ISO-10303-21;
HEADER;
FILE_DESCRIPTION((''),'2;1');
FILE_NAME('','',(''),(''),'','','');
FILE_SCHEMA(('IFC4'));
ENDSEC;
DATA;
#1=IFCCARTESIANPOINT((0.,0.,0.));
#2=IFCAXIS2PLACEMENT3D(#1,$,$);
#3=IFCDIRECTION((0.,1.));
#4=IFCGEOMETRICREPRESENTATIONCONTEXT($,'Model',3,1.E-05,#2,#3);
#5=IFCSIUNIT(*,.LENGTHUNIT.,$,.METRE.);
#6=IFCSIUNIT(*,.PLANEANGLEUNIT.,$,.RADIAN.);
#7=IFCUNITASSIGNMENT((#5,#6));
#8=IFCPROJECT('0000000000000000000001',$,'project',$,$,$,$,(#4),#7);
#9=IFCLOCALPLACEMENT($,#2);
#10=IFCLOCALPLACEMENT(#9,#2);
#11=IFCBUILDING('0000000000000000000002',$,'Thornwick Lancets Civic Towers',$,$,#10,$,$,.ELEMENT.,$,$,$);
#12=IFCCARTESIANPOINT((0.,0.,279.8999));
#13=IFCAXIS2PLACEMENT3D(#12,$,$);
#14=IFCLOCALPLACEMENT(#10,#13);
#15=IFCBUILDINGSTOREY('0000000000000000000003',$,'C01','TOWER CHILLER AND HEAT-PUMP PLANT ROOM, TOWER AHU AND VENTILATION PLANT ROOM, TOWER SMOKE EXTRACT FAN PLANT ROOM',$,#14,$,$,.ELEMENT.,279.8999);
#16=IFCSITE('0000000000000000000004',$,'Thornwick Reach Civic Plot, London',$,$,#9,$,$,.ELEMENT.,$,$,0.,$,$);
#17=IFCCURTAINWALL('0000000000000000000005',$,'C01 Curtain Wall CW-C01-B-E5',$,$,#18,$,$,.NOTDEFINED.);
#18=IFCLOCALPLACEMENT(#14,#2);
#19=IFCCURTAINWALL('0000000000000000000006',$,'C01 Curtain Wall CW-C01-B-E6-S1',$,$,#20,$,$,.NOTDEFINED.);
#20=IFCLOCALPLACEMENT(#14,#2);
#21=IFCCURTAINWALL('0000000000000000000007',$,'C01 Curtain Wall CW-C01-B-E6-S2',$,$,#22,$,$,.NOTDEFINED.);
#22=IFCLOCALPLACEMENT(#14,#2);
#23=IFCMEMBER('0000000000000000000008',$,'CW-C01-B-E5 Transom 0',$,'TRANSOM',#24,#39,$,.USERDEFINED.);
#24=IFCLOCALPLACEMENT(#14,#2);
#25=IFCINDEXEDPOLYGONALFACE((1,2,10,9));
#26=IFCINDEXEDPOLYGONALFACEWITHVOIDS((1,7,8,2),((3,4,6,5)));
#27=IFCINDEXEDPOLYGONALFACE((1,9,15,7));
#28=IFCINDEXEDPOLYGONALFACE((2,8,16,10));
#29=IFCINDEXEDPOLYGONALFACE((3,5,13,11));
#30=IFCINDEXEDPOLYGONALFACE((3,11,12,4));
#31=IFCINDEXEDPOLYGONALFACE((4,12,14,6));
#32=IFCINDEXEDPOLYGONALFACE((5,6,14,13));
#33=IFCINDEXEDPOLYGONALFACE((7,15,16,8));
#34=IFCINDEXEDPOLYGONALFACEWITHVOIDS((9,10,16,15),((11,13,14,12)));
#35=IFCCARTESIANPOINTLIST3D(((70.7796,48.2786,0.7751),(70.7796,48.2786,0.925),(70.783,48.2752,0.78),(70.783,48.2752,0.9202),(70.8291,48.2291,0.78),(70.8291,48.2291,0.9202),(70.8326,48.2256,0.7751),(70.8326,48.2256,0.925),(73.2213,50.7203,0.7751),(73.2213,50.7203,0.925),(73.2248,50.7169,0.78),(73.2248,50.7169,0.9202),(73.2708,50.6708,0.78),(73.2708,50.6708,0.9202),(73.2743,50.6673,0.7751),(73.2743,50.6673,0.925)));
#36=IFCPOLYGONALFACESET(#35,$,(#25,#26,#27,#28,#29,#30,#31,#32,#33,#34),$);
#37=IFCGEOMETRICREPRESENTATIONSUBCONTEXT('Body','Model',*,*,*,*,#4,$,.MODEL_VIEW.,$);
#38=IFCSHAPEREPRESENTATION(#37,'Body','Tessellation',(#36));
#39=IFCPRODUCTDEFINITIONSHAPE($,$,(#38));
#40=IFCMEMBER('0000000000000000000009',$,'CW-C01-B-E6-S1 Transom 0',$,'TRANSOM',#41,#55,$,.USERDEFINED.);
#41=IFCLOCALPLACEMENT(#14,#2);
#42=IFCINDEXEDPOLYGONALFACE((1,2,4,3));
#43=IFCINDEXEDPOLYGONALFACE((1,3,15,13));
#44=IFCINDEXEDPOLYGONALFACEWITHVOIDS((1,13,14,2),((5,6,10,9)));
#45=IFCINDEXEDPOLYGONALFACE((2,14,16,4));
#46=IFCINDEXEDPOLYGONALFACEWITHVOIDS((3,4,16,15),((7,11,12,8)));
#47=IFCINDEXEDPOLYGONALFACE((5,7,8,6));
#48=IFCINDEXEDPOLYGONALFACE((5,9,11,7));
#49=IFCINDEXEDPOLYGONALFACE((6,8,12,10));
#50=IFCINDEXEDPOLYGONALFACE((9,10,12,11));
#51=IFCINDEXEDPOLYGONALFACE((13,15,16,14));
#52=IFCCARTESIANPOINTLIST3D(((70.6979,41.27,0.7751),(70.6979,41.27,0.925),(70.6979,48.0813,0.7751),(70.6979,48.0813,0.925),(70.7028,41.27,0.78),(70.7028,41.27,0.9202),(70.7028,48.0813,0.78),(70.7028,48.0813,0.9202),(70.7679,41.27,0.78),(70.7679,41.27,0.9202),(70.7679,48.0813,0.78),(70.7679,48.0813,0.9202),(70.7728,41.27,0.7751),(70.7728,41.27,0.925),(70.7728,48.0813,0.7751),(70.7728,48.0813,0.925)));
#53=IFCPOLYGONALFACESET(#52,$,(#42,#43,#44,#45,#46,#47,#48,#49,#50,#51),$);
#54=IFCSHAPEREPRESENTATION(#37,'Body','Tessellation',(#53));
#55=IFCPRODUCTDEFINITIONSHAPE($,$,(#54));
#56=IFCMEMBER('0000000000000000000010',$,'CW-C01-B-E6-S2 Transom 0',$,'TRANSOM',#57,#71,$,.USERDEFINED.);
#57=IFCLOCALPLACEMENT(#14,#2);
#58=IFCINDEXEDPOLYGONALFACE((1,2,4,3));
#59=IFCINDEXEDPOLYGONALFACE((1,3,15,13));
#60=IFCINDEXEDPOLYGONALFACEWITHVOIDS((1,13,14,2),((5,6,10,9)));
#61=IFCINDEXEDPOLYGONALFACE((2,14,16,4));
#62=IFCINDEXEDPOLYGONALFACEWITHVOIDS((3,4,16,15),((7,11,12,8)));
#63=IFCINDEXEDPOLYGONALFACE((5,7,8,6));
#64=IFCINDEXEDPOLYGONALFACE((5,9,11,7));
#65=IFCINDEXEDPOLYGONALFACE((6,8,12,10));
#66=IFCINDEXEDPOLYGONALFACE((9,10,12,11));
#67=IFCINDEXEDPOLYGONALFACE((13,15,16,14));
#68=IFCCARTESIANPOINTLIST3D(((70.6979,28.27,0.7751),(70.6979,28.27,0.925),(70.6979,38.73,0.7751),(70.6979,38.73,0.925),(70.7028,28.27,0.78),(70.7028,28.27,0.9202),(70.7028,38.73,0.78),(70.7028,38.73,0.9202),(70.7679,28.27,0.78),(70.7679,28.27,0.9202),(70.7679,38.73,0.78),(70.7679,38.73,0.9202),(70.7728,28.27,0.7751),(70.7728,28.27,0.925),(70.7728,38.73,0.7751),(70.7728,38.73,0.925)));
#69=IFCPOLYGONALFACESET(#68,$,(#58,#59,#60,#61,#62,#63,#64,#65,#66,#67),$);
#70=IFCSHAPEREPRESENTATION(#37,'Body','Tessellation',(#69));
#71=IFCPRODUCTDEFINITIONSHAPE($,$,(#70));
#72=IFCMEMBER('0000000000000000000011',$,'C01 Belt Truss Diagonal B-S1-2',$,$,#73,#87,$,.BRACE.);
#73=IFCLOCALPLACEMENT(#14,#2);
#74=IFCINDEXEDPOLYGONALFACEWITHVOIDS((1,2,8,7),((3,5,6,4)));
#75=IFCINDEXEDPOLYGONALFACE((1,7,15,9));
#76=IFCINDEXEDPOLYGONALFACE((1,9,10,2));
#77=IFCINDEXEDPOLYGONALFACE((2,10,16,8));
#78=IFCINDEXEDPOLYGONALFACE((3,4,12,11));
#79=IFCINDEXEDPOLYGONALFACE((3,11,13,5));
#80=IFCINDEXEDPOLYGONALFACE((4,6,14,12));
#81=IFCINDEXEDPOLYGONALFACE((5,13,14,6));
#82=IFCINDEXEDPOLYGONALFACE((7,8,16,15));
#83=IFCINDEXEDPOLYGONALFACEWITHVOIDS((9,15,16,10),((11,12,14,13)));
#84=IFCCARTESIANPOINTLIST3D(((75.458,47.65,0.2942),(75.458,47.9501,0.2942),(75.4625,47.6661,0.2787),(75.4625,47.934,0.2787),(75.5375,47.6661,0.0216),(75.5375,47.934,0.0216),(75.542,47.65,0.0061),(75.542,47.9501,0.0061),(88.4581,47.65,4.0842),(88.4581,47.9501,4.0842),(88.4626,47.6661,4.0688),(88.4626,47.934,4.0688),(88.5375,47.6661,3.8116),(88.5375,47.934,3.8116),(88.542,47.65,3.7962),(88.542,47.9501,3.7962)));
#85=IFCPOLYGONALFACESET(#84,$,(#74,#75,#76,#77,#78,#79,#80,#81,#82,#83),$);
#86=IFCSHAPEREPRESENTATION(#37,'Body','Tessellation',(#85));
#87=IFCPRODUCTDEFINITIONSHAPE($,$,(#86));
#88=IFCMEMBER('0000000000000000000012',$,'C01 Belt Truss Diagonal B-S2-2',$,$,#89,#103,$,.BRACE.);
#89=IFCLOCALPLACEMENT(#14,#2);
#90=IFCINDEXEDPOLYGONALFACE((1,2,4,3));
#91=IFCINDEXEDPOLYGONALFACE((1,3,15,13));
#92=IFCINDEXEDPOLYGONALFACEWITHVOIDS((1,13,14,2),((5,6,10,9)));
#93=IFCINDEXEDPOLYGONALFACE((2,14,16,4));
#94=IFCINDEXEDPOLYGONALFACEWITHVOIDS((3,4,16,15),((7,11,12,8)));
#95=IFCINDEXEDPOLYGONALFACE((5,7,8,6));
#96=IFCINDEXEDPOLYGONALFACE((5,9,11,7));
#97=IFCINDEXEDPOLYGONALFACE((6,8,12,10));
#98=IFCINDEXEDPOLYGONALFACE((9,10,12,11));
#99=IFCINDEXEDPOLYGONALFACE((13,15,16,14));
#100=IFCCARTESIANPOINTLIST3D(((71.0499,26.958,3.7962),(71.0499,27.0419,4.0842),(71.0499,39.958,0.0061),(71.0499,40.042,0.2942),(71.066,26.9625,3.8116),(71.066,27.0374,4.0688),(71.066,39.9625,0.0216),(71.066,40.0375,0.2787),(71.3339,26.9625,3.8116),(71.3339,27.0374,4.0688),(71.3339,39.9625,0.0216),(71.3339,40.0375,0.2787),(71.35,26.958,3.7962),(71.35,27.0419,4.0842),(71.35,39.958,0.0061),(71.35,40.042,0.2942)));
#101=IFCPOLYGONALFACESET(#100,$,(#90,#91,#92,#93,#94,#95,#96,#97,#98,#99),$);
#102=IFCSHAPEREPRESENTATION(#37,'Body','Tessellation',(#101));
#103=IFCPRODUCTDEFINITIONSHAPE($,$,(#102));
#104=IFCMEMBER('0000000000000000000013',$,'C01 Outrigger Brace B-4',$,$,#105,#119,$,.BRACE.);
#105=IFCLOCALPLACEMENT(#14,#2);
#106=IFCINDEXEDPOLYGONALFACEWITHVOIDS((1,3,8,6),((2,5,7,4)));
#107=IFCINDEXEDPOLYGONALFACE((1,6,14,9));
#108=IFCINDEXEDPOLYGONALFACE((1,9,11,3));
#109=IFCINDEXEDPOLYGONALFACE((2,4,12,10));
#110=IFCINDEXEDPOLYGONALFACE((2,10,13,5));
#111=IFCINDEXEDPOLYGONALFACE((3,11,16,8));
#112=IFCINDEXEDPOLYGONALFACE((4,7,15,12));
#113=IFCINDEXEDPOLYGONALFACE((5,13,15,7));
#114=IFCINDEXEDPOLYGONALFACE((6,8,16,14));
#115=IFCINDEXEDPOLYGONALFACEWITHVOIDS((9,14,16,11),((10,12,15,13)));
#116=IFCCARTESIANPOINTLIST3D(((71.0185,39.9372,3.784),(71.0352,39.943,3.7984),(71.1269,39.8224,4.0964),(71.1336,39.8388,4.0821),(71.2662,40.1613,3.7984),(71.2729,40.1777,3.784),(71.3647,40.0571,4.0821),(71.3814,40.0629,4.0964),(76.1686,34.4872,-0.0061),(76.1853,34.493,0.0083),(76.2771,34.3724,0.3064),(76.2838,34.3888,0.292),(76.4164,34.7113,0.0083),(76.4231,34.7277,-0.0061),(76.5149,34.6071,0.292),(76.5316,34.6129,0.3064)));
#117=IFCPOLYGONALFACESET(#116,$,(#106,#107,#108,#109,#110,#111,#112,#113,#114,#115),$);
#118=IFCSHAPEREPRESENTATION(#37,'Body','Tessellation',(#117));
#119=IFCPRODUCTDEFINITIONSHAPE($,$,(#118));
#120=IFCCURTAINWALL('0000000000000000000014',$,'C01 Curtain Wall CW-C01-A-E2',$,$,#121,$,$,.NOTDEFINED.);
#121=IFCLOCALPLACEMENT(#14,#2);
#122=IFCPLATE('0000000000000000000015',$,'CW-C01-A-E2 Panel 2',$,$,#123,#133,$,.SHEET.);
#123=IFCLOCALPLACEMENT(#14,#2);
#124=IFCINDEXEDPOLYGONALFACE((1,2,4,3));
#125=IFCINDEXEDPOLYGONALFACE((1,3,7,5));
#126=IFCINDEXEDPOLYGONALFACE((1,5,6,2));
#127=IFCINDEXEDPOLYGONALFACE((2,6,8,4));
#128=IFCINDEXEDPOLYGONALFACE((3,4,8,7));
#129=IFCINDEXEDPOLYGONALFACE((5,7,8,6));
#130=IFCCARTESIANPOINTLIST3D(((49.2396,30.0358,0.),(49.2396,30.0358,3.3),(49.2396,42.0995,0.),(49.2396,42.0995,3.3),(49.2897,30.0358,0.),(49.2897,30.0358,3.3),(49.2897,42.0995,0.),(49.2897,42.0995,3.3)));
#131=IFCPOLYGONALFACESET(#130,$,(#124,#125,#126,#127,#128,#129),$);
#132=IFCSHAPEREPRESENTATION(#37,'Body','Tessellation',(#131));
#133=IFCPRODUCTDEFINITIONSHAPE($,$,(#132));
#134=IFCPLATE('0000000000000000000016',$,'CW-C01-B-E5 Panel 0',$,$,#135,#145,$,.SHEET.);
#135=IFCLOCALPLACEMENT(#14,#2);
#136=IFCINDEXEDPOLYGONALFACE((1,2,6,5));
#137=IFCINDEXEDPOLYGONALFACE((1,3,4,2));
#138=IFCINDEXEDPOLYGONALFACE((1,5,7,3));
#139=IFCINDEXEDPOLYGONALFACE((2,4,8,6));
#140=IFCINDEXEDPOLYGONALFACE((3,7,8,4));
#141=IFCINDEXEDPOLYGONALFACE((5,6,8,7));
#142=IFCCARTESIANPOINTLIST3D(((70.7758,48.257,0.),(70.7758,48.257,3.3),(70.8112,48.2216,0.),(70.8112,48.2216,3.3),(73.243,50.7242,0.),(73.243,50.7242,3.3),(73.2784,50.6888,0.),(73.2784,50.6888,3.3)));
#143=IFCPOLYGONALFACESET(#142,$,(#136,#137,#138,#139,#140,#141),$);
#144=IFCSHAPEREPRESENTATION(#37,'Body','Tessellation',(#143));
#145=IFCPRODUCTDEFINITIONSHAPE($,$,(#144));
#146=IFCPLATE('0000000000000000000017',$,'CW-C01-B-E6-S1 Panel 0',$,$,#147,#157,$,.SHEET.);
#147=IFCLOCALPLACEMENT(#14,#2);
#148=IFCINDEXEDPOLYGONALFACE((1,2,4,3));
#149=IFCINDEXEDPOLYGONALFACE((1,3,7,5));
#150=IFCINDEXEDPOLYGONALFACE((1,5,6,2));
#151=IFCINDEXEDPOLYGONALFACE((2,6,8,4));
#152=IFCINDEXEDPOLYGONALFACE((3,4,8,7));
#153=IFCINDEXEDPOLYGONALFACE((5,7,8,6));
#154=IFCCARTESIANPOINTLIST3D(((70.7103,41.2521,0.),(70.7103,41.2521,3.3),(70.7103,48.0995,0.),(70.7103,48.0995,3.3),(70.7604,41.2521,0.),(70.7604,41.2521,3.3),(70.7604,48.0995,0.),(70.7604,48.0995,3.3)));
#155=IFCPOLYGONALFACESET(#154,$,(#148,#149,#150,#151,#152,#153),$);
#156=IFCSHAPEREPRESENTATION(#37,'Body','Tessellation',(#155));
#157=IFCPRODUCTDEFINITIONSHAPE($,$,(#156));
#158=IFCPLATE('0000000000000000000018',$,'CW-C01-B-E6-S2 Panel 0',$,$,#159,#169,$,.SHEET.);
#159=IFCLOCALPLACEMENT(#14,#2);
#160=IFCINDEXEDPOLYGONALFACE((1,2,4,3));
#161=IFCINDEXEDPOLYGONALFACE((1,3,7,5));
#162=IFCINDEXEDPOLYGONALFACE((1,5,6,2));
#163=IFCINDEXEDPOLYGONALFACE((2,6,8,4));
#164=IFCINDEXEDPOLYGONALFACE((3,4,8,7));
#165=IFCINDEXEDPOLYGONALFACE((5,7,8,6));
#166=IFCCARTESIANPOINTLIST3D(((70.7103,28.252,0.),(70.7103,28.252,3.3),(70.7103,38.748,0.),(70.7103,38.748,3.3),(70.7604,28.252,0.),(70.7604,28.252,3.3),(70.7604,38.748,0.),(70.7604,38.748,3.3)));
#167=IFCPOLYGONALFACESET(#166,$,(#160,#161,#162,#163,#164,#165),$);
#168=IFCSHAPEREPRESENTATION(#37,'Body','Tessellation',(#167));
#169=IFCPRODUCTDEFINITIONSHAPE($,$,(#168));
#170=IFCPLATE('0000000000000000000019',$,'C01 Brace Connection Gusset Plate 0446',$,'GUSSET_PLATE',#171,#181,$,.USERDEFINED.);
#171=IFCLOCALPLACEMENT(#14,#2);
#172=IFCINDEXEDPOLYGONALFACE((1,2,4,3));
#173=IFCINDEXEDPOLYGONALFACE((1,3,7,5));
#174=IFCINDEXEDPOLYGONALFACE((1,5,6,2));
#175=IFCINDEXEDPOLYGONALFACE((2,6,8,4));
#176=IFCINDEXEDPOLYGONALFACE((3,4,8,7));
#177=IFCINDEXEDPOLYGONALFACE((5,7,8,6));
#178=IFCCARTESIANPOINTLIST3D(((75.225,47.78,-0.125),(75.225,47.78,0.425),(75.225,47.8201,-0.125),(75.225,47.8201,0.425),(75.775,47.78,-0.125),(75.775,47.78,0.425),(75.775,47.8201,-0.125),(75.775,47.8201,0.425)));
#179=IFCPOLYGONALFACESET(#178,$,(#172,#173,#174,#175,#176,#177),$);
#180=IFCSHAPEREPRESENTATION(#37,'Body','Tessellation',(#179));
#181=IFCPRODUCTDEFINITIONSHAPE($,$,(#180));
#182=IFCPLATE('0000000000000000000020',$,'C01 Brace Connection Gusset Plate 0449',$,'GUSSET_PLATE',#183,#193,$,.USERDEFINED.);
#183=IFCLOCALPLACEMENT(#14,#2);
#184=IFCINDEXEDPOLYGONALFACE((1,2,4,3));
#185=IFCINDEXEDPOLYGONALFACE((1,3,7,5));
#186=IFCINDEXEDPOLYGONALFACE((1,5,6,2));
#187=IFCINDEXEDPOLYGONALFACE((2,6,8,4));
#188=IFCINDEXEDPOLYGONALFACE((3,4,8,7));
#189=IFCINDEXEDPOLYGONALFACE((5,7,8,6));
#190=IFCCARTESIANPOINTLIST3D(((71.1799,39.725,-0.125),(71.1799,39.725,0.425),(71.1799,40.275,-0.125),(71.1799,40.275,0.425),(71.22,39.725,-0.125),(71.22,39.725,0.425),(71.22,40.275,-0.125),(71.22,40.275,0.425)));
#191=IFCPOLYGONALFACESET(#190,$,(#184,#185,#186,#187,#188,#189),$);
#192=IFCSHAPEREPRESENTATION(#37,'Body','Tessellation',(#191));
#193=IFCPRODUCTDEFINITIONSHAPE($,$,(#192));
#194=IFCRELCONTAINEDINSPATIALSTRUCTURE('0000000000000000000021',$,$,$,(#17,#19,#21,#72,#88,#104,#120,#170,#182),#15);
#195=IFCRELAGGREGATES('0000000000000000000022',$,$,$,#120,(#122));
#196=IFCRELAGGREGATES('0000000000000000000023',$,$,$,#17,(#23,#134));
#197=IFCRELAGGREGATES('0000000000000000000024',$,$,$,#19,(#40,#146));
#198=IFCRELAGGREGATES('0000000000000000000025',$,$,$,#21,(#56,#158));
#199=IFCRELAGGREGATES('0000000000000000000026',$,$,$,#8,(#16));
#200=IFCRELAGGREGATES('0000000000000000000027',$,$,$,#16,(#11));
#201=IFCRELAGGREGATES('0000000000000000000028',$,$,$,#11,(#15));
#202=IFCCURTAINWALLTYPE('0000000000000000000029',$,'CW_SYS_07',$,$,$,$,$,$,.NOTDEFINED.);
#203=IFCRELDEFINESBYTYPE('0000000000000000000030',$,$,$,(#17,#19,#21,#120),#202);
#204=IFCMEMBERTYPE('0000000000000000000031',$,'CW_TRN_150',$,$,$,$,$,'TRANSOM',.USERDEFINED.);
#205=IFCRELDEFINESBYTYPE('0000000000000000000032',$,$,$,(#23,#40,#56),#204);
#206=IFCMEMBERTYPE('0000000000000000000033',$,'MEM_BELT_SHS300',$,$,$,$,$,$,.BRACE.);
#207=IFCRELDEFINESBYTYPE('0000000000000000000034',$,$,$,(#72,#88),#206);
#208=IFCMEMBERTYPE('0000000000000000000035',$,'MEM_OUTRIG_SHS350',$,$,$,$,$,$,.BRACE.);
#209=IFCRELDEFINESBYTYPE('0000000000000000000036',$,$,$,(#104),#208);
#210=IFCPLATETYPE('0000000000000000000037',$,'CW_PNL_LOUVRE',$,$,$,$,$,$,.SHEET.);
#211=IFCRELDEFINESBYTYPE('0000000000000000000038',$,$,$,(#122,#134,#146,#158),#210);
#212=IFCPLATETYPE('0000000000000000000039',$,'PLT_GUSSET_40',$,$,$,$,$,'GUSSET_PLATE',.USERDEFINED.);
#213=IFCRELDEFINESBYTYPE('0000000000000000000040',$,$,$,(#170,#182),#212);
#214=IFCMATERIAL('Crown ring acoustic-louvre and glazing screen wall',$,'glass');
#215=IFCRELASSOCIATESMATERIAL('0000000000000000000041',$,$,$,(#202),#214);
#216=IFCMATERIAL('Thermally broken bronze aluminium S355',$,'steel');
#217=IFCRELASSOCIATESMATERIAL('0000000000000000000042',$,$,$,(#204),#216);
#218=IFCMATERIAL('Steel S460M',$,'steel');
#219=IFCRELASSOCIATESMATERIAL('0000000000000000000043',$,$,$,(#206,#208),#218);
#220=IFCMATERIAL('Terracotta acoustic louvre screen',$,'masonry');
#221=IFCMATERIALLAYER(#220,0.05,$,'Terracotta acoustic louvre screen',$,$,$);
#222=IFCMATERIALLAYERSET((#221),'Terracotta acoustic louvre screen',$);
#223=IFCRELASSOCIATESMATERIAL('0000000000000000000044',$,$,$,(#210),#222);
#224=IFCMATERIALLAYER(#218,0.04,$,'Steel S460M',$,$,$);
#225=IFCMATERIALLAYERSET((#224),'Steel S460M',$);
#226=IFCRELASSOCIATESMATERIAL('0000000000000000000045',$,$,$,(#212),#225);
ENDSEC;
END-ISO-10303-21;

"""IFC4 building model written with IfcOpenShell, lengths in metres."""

from ifc_helpers import new_model, si_unit, direction, frame, origin, origin_2d, place, context, subcontext, project, spatial, rectangle, hollow_rectangle, extrude, material, layer, layer_set, material_profile, profile_set, type_object, element, aggregate, save


model = new_model("IFC4")

# Units and contexts
model_context = context("Model", 3, precision=1e-05, world=origin(), true_north=direction((0.0, 1.0)))
body_context = subcontext(model_context, "Body", "Model", "MODEL_VIEW")
ifc_project = project(units=[si_unit("LENGTHUNIT", "METRE"), si_unit("PLANEANGLEUNIT", "RADIAN")], contexts=[model_context])

# Site, building, storey
site_placement = place(None, origin())
site = spatial("IfcSite", under=ifc_project, at=site_placement, Name="Thornwick Reach Civic Plot, London", CompositionType="ELEMENT", RefElevation=0.0)
building_placement = place(site_placement, origin())
building = spatial("IfcBuilding", under=site, at=building_placement, Name="Thornwick Lancets Civic Towers", CompositionType="ELEMENT")
storey_placement = place(building_placement, frame((0.0, 0.0, 279.8999)))
storey = spatial("IfcBuildingStorey", under=building, at=storey_placement, Name="C01", Description="TOWER CHILLER AND HEAT-PUMP PLANT ROOM, TOWER AHU AND VENTILATION PLANT ROOM, TOWER SMOKE EXTRACT FAN PLANT ROOM", CompositionType="ELEMENT", Elevation=279.8999)

# Shared definitions
ifc_material_1 = material(Name="Steel S460M", Category="steel")

# Shared definitions
ifc_material_2 = material(Name="Crown ring acoustic-louvre and glazing screen wall", Category="glass")
curtain_wall_type = type_object("IfcCurtainWallType", Name="CW_SYS_07", PredefinedType="NOTDEFINED", material=ifc_material_2)
ifc_material_3 = material(Name="Thermally broken bronze aluminium S355", Category="steel")

# Curtain walls
curtain_wall_1_placement = place(storey_placement, origin())
curtain_wall_1 = element("IfcCurtainWall", 1, at=curtain_wall_1_placement, inside=storey, type_object=curtain_wall_type, Name="C01 Curtain Wall CW-C01-B-E5", PredefinedType="NOTDEFINED")
curtain_wall_2_placement = place(storey_placement, origin())
curtain_wall_2 = element("IfcCurtainWall", 2, at=curtain_wall_2_placement, inside=storey, type_object=curtain_wall_type, Name="C01 Curtain Wall CW-C01-B-E6-S1", PredefinedType="NOTDEFINED")
curtain_wall_3_placement = place(storey_placement, origin())
curtain_wall_3 = element("IfcCurtainWall", 3, at=curtain_wall_3_placement, inside=storey, type_object=curtain_wall_type, Name="C01 Curtain Wall CW-C01-B-E6-S2", PredefinedType="NOTDEFINED")

# Members
ifc_material_profile_1 = material_profile(ifc_material_3, hollow_rectangle(XDim=0.075, YDim=0.1499, WallThickness=0.0049, at=origin_2d()), Name="RHS 150x75x5")
ifc_profile_set_1 = profile_set([ifc_material_profile_1], Name="Thermally broken bronze aluminium S355")
member_type_1 = type_object("IfcMemberType", Name="CW_TRN_150", ElementType="TRANSOM", PredefinedType="USERDEFINED", material=ifc_profile_set_1)
member_1_placement = place(storey_placement, frame((73.2478, 50.6938, 0.8501), z_axis=(-0.707107, -0.707107, 0.0), x_axis=(0.707107, -0.707107, 0.0)))
member_1 = element("IfcMember", 4, at=member_1_placement, type_object=member_type_1, Name="CW-C01-B-E5 Transom 0", ObjectType="TRANSOM", PredefinedType="USERDEFINED", context=body_context, shape_type="SweptSolid", body=[
    extrude(hollow_rectangle(XDim=0.075, YDim=0.1499, WallThickness=0.0049, at=origin_2d()), origin(), (0.0, 0.0, 1.0), 3.4531),
])
member_2_placement = place(storey_placement, frame((70.7354, 48.0813, 0.8501), z_axis=(0.0, -1.0, 0.0), x_axis=(1.0, 0.0, 0.0)))
member_2 = element("IfcMember", 5, at=member_2_placement, type_object=member_type_1, Name="CW-C01-B-E6-S1 Transom 0", ObjectType="TRANSOM", PredefinedType="USERDEFINED", context=body_context, shape_type="SweptSolid", body=[
    extrude(hollow_rectangle(XDim=0.075, YDim=0.1499, WallThickness=0.0049, at=origin_2d()), origin(), (0.0, 0.0, 1.0), 6.8113),
])
member_3_placement = place(storey_placement, frame((70.7354, 38.73, 0.8501), z_axis=(0.0, -1.0, 0.0), x_axis=(1.0, 0.0, 0.0)))
member_3 = element("IfcMember", 6, at=member_3_placement, type_object=member_type_1, Name="CW-C01-B-E6-S2 Transom 0", ObjectType="TRANSOM", PredefinedType="USERDEFINED", context=body_context, shape_type="SweptSolid", body=[
    extrude(hollow_rectangle(XDim=0.075, YDim=0.1499, WallThickness=0.0049, at=origin_2d()), origin(), (0.0, 0.0, 1.0), 10.46),
])

# Members
ifc_material_profile_2 = material_profile(ifc_material_1, hollow_rectangle(XDim=0.3, YDim=0.3, WallThickness=0.0161, at=origin_2d()), Name="SHS 300x300x16")
ifc_profile_set_2 = profile_set([ifc_material_profile_2], Name="Steel S460M")
member_type_2 = type_object("IfcMemberType", Name="MEM_BELT_SHS300", PredefinedType="BRACE", material=ifc_profile_set_2)
for number, where, z_axis, x_axis, name in (
    (7, (75.5, 47.8, 0.1501), (0.960032, 0.0, 0.279889), (0.0, 1.0, 0.0), "C01 Belt Truss Diagonal B-S1-2"),
    (8, (71.2, 40.0, 0.1501), (0.0, -0.960032, 0.279889), (1.0, 0.0, 0.0), "C01 Belt Truss Diagonal B-S2-2"),
):
    element("IfcMember", number, at=place(storey_placement, frame(where, z_axis=z_axis, x_axis=x_axis)), inside=storey, type_object=member_type_2, Name=name, PredefinedType="BRACE", context=body_context, shape_type="SweptSolid", body=[
        extrude(hollow_rectangle(XDim=0.3, YDim=0.3, WallThickness=0.0161, at=origin_2d()), origin(), (0.0, 0.0, 1.0), 13.5413),
    ])
ifc_material_profile_3 = material_profile(ifc_material_1, hollow_rectangle(XDim=0.3501, YDim=0.3501, WallThickness=0.0161, at=origin_2d()), Name="SHS 350x350x16")
ifc_profile_set_3 = profile_set([ifc_material_profile_3], Name="Steel S460M")
member_type_3 = type_object("IfcMemberType", Name="MEM_OUTRIG_SHS350", PredefinedType="BRACE", material=ifc_profile_set_3)
member_4_placement = place(storey_placement, frame((76.3501, 34.55, 0.1501), z_axis=(-0.612981, 0.648664, 0.451098), x_axis=(-0.726815, -0.686833, 0.0)))
element("IfcMember", 9, at=member_4_placement, inside=storey, type_object=member_type_3, Name="C01 Outrigger Brace B-4", PredefinedType="BRACE", context=body_context, shape_type="SweptSolid", body=[
    extrude(hollow_rectangle(XDim=0.3501, YDim=0.3501, WallThickness=0.0161, at=origin_2d()), origin(), (0.0, 0.0, 1.0), 8.4019),
])

# Curtain wall, plate
curtain_wall_4_placement = place(storey_placement, origin())
curtain_wall_4 = element("IfcCurtainWall", 10, at=curtain_wall_4_placement, inside=storey, type_object=curtain_wall_type, Name="C01 Curtain Wall CW-C01-A-E2", PredefinedType="NOTDEFINED")
ifc_material_4 = material(Name="Terracotta acoustic louvre screen", Category="masonry")
ifc_layer_1 = layer(ifc_material_4, 0.05, Name="Terracotta acoustic louvre screen")
ifc_layer_set_1 = layer_set([ifc_layer_1], Name="Terracotta acoustic louvre screen")
plate_type_1 = type_object("IfcPlateType", Name="CW_PNL_LOUVRE", PredefinedType="SHEET", material=ifc_layer_set_1)
plate_1_placement = place(storey_placement, frame((49.2646, 36.0676, 0.0), z_axis=(0.0, 0.0, 1.0), x_axis=(0.0, 1.0, 0.0)))
plate_1 = element("IfcPlate", 11, at=plate_1_placement, type_object=plate_type_1, Name="CW-C01-A-E2 Panel 2", PredefinedType="SHEET", context=body_context, shape_type="SweptSolid", body=[
    extrude(rectangle(XDim=12.0637, YDim=0.05, at=origin_2d()), origin(), (0.0, 0.0, 1.0), 3.3),
])
aggregate(curtain_wall_4, [plate_1])

# Plates
plate_2_placement = place(storey_placement, frame((72.0271, 49.4729, 0.0), z_axis=(0.0, 0.0, 1.0), x_axis=(-0.707107, -0.707107, 0.0)))
plate_2 = element("IfcPlate", 12, at=plate_2_placement, type_object=plate_type_1, Name="CW-C01-B-E5 Panel 0", PredefinedType="SHEET", context=body_context, shape_type="SweptSolid", body=[
    extrude(rectangle(XDim=3.4893, YDim=0.05, at=origin_2d()), origin(), (0.0, 0.0, 1.0), 3.3),
])
aggregate(curtain_wall_1, [member_1, plate_2])
plate_3_placement = place(storey_placement, frame((70.7354, 44.6758, 0.0), z_axis=(0.0, 0.0, 1.0), x_axis=(0.0, -1.0, 0.0)))
plate_3 = element("IfcPlate", 13, at=plate_3_placement, type_object=plate_type_1, Name="CW-C01-B-E6-S1 Panel 0", PredefinedType="SHEET", context=body_context, shape_type="SweptSolid", body=[
    extrude(rectangle(XDim=6.8474, YDim=0.05, at=origin_2d()), origin(), (0.0, 0.0, 1.0), 3.3),
])
aggregate(curtain_wall_2, [member_2, plate_3])
plate_4_placement = place(storey_placement, frame((70.7354, 33.5, 0.0), z_axis=(0.0, 0.0, 1.0), x_axis=(0.0, -1.0, 0.0)))
plate_4 = element("IfcPlate", 14, at=plate_4_placement, type_object=plate_type_1, Name="CW-C01-B-E6-S2 Panel 0", PredefinedType="SHEET", context=body_context, shape_type="SweptSolid", body=[
    extrude(rectangle(XDim=10.4961, YDim=0.05, at=origin_2d()), origin(), (0.0, 0.0, 1.0), 3.3),
])
aggregate(curtain_wall_3, [member_3, plate_4])

# Plates
ifc_layer_2 = layer(ifc_material_1, 0.04, Name="Steel S460M")
ifc_layer_set_2 = layer_set([ifc_layer_2], Name="Steel S460M")
plate_type_2 = type_object("IfcPlateType", Name="PLT_GUSSET_40", ElementType="GUSSET_PLATE", PredefinedType="USERDEFINED", material=ifc_layer_set_2)
for number, where, z_axis, x_axis, name in (
    (15, (75.5, 47.8, -0.125), (0.0, 0.0, 1.0), (1.0, 0.0, 0.0), "C01 Brace Connection Gusset Plate 0446"),
    (16, (71.2, 40.0, -0.125), (0.0, 0.0, 1.0), (0.0, -1.0, 0.0), "C01 Brace Connection Gusset Plate 0449"),
):
    element("IfcPlate", number, at=place(storey_placement, frame(where, z_axis=z_axis, x_axis=x_axis)), inside=storey, type_object=plate_type_2, Name=name, ObjectType="GUSSET_PLATE", PredefinedType="USERDEFINED", context=body_context, shape_type="SweptSolid", body=[
        extrude(rectangle(XDim=0.55, YDim=0.04, at=origin_2d()), origin(), (0.0, 0.0, 1.0), 0.55),
    ])

save(model, "model.ifc")
